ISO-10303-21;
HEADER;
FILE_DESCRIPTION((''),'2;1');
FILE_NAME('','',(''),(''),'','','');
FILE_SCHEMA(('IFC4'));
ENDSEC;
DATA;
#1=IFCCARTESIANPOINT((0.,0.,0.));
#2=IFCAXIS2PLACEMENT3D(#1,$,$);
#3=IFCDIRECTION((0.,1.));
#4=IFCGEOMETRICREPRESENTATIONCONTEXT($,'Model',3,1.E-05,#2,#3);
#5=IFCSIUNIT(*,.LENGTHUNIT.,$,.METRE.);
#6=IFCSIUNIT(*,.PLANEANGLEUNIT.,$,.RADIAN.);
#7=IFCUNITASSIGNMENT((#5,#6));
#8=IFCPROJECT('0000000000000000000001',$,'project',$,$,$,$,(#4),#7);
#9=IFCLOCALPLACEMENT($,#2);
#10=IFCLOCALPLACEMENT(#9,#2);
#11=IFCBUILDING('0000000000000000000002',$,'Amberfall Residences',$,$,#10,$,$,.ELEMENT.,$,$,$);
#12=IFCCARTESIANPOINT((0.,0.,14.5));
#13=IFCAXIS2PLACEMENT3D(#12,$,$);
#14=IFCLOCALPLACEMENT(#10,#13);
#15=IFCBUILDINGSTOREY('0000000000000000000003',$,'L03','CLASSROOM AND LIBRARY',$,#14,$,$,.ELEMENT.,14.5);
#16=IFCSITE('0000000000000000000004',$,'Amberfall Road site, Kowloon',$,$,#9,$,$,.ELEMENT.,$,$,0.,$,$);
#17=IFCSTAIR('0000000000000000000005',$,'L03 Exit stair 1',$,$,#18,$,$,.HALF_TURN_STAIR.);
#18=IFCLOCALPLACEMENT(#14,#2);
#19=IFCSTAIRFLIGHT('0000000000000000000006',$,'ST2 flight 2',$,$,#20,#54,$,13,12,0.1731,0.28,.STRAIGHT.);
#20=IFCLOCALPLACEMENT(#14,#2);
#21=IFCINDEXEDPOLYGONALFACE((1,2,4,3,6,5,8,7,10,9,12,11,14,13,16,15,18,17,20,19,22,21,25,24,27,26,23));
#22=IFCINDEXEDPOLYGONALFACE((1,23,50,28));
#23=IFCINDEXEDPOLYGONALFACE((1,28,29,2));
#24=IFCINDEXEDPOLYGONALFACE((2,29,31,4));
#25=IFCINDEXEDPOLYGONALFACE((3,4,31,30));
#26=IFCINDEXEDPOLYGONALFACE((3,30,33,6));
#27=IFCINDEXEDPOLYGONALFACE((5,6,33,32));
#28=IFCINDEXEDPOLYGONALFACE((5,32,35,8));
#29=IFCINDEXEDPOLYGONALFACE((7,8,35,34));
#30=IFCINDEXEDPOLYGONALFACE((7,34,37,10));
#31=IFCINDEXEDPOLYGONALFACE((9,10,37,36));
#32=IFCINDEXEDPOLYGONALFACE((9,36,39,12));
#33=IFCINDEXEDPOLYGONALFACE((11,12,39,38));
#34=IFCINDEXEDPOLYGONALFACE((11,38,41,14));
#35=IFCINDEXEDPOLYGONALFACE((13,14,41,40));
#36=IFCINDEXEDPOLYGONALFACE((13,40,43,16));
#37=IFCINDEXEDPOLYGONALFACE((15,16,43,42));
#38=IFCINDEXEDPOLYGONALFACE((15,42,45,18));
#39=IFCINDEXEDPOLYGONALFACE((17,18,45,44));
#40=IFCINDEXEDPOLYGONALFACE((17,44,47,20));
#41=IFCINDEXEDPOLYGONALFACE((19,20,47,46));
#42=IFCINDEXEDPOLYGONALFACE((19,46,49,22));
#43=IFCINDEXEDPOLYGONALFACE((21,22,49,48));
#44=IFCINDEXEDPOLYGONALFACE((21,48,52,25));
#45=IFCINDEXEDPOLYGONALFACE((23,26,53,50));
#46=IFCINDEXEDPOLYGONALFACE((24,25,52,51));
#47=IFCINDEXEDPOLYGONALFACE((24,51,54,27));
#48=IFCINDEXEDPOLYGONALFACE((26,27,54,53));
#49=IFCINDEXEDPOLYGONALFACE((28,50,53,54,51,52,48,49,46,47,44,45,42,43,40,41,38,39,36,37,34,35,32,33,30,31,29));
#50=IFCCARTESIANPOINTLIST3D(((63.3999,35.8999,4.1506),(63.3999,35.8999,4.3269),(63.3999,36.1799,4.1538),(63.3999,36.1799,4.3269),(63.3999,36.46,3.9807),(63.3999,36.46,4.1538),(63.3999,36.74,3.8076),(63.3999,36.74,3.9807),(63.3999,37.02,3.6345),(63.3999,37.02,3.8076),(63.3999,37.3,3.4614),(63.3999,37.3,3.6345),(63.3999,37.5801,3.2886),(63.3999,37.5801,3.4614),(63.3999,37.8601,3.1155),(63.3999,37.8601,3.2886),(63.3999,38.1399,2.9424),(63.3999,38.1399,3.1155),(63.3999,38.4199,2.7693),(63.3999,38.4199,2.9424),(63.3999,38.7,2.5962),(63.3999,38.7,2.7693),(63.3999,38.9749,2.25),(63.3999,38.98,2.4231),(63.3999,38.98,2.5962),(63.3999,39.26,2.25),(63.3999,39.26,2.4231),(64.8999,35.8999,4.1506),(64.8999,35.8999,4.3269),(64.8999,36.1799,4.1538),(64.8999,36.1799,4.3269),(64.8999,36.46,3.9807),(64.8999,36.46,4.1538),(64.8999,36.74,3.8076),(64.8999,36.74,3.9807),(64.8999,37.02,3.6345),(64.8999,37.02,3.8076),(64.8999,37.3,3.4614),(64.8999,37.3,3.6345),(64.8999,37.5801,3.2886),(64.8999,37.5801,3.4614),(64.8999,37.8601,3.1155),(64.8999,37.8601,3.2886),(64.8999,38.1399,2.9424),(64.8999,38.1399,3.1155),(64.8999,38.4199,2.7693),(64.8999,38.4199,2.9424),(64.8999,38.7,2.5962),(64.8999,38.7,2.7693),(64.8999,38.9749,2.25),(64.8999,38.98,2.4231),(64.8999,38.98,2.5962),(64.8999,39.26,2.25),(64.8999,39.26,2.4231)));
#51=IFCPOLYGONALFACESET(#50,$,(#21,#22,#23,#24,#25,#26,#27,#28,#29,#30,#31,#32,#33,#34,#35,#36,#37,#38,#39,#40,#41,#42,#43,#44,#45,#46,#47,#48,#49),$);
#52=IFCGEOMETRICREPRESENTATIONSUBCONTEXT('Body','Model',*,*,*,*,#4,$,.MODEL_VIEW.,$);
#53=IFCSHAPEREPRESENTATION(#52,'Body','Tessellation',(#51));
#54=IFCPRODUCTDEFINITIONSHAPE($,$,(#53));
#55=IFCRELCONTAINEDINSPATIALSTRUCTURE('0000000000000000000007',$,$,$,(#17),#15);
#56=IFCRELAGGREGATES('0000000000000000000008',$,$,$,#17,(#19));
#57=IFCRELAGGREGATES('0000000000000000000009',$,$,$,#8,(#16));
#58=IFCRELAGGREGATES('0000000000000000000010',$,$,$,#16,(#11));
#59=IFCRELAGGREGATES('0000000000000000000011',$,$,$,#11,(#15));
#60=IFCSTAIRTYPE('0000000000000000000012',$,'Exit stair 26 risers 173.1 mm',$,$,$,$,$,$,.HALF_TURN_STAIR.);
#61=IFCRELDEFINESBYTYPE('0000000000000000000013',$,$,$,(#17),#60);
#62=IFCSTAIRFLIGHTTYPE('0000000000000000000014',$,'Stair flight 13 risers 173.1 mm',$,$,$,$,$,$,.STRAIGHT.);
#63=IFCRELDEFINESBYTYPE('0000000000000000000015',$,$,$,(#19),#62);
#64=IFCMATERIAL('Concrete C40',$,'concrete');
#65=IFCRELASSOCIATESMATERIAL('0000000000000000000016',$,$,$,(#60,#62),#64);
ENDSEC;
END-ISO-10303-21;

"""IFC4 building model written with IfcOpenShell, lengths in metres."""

from ifc_helpers import new_model, si_unit, direction, frame, origin, place, context, subcontext, project, spatial, polyline, outline, extrude, material, type_object, element, aggregate, save


model = new_model("IFC4")

# Units and contexts
model_context = context("Model", 3, precision=1e-05, world=origin(), true_north=direction((0.0, 1.0)))
body_context = subcontext(model_context, "Body", "Model", "MODEL_VIEW")
ifc_project = project(units=[si_unit("LENGTHUNIT", "METRE"), si_unit("PLANEANGLEUNIT", "RADIAN")], contexts=[model_context])

# Site, building, storey
site_placement = place(None, origin())
site = spatial("IfcSite", under=ifc_project, at=site_placement, Name="Amberfall Road site, Kowloon", CompositionType="ELEMENT", RefElevation=0.0)
building_placement = place(site_placement, origin())
building = spatial("IfcBuilding", under=site, at=building_placement, Name="Amberfall Residences", CompositionType="ELEMENT")
storey_placement = place(building_placement, frame((0.0, 0.0, 14.5)))
storey = spatial("IfcBuildingStorey", under=building, at=storey_placement, Name="L03", Description="CLASSROOM AND LIBRARY", CompositionType="ELEMENT", Elevation=14.5)

# Stair, stair flight
ifc_material_1 = material(Name="Concrete C40", Category="concrete")
stair_type = type_object("IfcStairType", Name="Exit stair 26 risers 173.1 mm", PredefinedType="HALF_TURN_STAIR", material=ifc_material_1)
stair_placement = place(storey_placement, origin())
stair = element("IfcStair", 1, at=stair_placement, inside=storey, type_object=stair_type, Name="L03 Exit stair 1", PredefinedType="HALF_TURN_STAIR")
stair_flight_type = type_object("IfcStairFlightType", Name="Stair flight 13 risers 173.1 mm", PredefinedType="STRAIGHT", material=ifc_material_1)
stair_flight_placement = place(storey_placement, frame((64.1499, 39.26, 2.25), z_axis=(0.0, 0.0, 1.0), x_axis=(0.0, -1.0, 0.0)))
stair_flight = element("IfcStairFlight", 2, at=stair_flight_placement, type_object=stair_flight_type, Name="ST2 flight 2", NumberOfRisers=13, NumberOfTreads=12, PredefinedType="STRAIGHT", RiserHeight=0.1731, TreadLength=0.28, context=body_context, shape_type="SweptSolid", body=[
    extrude(outline(polyline([(0.0, 0.0), (0.0, 0.1731), (0.28, 0.1731), (0.28, 0.3462), (0.5601, 0.3462), (0.5601, 0.5193), (0.8401, 0.5193), (0.8401, 0.6924), (1.1201, 0.6924), (1.1201, 0.8655), (1.3999, 0.8655), (1.3999, 1.0386), (1.6799, 1.0386), (1.6799, 1.2114), (1.96, 1.2114), (1.96, 1.3845), (2.24, 1.3845), (2.24, 1.5576), (2.52, 1.5576), (2.52, 1.7307), (2.8, 1.7307), (2.8, 1.9038), (3.0801, 1.9038), (3.0801, 2.0769), (3.3601, 2.0769), (3.3601, 2.25), (3.3601, 1.9006), (0.2852, 0.0), (0.0, 0.0)])), frame((0.0, 0.75, 0.0), z_axis=(0.0, -1.0, 0.0), x_axis=(1.0, 0.0, 0.0)), (0.0, 0.0, 1.0), 1.5),
])
aggregate(stair, [stair_flight])

save(model, "model.ifc")
